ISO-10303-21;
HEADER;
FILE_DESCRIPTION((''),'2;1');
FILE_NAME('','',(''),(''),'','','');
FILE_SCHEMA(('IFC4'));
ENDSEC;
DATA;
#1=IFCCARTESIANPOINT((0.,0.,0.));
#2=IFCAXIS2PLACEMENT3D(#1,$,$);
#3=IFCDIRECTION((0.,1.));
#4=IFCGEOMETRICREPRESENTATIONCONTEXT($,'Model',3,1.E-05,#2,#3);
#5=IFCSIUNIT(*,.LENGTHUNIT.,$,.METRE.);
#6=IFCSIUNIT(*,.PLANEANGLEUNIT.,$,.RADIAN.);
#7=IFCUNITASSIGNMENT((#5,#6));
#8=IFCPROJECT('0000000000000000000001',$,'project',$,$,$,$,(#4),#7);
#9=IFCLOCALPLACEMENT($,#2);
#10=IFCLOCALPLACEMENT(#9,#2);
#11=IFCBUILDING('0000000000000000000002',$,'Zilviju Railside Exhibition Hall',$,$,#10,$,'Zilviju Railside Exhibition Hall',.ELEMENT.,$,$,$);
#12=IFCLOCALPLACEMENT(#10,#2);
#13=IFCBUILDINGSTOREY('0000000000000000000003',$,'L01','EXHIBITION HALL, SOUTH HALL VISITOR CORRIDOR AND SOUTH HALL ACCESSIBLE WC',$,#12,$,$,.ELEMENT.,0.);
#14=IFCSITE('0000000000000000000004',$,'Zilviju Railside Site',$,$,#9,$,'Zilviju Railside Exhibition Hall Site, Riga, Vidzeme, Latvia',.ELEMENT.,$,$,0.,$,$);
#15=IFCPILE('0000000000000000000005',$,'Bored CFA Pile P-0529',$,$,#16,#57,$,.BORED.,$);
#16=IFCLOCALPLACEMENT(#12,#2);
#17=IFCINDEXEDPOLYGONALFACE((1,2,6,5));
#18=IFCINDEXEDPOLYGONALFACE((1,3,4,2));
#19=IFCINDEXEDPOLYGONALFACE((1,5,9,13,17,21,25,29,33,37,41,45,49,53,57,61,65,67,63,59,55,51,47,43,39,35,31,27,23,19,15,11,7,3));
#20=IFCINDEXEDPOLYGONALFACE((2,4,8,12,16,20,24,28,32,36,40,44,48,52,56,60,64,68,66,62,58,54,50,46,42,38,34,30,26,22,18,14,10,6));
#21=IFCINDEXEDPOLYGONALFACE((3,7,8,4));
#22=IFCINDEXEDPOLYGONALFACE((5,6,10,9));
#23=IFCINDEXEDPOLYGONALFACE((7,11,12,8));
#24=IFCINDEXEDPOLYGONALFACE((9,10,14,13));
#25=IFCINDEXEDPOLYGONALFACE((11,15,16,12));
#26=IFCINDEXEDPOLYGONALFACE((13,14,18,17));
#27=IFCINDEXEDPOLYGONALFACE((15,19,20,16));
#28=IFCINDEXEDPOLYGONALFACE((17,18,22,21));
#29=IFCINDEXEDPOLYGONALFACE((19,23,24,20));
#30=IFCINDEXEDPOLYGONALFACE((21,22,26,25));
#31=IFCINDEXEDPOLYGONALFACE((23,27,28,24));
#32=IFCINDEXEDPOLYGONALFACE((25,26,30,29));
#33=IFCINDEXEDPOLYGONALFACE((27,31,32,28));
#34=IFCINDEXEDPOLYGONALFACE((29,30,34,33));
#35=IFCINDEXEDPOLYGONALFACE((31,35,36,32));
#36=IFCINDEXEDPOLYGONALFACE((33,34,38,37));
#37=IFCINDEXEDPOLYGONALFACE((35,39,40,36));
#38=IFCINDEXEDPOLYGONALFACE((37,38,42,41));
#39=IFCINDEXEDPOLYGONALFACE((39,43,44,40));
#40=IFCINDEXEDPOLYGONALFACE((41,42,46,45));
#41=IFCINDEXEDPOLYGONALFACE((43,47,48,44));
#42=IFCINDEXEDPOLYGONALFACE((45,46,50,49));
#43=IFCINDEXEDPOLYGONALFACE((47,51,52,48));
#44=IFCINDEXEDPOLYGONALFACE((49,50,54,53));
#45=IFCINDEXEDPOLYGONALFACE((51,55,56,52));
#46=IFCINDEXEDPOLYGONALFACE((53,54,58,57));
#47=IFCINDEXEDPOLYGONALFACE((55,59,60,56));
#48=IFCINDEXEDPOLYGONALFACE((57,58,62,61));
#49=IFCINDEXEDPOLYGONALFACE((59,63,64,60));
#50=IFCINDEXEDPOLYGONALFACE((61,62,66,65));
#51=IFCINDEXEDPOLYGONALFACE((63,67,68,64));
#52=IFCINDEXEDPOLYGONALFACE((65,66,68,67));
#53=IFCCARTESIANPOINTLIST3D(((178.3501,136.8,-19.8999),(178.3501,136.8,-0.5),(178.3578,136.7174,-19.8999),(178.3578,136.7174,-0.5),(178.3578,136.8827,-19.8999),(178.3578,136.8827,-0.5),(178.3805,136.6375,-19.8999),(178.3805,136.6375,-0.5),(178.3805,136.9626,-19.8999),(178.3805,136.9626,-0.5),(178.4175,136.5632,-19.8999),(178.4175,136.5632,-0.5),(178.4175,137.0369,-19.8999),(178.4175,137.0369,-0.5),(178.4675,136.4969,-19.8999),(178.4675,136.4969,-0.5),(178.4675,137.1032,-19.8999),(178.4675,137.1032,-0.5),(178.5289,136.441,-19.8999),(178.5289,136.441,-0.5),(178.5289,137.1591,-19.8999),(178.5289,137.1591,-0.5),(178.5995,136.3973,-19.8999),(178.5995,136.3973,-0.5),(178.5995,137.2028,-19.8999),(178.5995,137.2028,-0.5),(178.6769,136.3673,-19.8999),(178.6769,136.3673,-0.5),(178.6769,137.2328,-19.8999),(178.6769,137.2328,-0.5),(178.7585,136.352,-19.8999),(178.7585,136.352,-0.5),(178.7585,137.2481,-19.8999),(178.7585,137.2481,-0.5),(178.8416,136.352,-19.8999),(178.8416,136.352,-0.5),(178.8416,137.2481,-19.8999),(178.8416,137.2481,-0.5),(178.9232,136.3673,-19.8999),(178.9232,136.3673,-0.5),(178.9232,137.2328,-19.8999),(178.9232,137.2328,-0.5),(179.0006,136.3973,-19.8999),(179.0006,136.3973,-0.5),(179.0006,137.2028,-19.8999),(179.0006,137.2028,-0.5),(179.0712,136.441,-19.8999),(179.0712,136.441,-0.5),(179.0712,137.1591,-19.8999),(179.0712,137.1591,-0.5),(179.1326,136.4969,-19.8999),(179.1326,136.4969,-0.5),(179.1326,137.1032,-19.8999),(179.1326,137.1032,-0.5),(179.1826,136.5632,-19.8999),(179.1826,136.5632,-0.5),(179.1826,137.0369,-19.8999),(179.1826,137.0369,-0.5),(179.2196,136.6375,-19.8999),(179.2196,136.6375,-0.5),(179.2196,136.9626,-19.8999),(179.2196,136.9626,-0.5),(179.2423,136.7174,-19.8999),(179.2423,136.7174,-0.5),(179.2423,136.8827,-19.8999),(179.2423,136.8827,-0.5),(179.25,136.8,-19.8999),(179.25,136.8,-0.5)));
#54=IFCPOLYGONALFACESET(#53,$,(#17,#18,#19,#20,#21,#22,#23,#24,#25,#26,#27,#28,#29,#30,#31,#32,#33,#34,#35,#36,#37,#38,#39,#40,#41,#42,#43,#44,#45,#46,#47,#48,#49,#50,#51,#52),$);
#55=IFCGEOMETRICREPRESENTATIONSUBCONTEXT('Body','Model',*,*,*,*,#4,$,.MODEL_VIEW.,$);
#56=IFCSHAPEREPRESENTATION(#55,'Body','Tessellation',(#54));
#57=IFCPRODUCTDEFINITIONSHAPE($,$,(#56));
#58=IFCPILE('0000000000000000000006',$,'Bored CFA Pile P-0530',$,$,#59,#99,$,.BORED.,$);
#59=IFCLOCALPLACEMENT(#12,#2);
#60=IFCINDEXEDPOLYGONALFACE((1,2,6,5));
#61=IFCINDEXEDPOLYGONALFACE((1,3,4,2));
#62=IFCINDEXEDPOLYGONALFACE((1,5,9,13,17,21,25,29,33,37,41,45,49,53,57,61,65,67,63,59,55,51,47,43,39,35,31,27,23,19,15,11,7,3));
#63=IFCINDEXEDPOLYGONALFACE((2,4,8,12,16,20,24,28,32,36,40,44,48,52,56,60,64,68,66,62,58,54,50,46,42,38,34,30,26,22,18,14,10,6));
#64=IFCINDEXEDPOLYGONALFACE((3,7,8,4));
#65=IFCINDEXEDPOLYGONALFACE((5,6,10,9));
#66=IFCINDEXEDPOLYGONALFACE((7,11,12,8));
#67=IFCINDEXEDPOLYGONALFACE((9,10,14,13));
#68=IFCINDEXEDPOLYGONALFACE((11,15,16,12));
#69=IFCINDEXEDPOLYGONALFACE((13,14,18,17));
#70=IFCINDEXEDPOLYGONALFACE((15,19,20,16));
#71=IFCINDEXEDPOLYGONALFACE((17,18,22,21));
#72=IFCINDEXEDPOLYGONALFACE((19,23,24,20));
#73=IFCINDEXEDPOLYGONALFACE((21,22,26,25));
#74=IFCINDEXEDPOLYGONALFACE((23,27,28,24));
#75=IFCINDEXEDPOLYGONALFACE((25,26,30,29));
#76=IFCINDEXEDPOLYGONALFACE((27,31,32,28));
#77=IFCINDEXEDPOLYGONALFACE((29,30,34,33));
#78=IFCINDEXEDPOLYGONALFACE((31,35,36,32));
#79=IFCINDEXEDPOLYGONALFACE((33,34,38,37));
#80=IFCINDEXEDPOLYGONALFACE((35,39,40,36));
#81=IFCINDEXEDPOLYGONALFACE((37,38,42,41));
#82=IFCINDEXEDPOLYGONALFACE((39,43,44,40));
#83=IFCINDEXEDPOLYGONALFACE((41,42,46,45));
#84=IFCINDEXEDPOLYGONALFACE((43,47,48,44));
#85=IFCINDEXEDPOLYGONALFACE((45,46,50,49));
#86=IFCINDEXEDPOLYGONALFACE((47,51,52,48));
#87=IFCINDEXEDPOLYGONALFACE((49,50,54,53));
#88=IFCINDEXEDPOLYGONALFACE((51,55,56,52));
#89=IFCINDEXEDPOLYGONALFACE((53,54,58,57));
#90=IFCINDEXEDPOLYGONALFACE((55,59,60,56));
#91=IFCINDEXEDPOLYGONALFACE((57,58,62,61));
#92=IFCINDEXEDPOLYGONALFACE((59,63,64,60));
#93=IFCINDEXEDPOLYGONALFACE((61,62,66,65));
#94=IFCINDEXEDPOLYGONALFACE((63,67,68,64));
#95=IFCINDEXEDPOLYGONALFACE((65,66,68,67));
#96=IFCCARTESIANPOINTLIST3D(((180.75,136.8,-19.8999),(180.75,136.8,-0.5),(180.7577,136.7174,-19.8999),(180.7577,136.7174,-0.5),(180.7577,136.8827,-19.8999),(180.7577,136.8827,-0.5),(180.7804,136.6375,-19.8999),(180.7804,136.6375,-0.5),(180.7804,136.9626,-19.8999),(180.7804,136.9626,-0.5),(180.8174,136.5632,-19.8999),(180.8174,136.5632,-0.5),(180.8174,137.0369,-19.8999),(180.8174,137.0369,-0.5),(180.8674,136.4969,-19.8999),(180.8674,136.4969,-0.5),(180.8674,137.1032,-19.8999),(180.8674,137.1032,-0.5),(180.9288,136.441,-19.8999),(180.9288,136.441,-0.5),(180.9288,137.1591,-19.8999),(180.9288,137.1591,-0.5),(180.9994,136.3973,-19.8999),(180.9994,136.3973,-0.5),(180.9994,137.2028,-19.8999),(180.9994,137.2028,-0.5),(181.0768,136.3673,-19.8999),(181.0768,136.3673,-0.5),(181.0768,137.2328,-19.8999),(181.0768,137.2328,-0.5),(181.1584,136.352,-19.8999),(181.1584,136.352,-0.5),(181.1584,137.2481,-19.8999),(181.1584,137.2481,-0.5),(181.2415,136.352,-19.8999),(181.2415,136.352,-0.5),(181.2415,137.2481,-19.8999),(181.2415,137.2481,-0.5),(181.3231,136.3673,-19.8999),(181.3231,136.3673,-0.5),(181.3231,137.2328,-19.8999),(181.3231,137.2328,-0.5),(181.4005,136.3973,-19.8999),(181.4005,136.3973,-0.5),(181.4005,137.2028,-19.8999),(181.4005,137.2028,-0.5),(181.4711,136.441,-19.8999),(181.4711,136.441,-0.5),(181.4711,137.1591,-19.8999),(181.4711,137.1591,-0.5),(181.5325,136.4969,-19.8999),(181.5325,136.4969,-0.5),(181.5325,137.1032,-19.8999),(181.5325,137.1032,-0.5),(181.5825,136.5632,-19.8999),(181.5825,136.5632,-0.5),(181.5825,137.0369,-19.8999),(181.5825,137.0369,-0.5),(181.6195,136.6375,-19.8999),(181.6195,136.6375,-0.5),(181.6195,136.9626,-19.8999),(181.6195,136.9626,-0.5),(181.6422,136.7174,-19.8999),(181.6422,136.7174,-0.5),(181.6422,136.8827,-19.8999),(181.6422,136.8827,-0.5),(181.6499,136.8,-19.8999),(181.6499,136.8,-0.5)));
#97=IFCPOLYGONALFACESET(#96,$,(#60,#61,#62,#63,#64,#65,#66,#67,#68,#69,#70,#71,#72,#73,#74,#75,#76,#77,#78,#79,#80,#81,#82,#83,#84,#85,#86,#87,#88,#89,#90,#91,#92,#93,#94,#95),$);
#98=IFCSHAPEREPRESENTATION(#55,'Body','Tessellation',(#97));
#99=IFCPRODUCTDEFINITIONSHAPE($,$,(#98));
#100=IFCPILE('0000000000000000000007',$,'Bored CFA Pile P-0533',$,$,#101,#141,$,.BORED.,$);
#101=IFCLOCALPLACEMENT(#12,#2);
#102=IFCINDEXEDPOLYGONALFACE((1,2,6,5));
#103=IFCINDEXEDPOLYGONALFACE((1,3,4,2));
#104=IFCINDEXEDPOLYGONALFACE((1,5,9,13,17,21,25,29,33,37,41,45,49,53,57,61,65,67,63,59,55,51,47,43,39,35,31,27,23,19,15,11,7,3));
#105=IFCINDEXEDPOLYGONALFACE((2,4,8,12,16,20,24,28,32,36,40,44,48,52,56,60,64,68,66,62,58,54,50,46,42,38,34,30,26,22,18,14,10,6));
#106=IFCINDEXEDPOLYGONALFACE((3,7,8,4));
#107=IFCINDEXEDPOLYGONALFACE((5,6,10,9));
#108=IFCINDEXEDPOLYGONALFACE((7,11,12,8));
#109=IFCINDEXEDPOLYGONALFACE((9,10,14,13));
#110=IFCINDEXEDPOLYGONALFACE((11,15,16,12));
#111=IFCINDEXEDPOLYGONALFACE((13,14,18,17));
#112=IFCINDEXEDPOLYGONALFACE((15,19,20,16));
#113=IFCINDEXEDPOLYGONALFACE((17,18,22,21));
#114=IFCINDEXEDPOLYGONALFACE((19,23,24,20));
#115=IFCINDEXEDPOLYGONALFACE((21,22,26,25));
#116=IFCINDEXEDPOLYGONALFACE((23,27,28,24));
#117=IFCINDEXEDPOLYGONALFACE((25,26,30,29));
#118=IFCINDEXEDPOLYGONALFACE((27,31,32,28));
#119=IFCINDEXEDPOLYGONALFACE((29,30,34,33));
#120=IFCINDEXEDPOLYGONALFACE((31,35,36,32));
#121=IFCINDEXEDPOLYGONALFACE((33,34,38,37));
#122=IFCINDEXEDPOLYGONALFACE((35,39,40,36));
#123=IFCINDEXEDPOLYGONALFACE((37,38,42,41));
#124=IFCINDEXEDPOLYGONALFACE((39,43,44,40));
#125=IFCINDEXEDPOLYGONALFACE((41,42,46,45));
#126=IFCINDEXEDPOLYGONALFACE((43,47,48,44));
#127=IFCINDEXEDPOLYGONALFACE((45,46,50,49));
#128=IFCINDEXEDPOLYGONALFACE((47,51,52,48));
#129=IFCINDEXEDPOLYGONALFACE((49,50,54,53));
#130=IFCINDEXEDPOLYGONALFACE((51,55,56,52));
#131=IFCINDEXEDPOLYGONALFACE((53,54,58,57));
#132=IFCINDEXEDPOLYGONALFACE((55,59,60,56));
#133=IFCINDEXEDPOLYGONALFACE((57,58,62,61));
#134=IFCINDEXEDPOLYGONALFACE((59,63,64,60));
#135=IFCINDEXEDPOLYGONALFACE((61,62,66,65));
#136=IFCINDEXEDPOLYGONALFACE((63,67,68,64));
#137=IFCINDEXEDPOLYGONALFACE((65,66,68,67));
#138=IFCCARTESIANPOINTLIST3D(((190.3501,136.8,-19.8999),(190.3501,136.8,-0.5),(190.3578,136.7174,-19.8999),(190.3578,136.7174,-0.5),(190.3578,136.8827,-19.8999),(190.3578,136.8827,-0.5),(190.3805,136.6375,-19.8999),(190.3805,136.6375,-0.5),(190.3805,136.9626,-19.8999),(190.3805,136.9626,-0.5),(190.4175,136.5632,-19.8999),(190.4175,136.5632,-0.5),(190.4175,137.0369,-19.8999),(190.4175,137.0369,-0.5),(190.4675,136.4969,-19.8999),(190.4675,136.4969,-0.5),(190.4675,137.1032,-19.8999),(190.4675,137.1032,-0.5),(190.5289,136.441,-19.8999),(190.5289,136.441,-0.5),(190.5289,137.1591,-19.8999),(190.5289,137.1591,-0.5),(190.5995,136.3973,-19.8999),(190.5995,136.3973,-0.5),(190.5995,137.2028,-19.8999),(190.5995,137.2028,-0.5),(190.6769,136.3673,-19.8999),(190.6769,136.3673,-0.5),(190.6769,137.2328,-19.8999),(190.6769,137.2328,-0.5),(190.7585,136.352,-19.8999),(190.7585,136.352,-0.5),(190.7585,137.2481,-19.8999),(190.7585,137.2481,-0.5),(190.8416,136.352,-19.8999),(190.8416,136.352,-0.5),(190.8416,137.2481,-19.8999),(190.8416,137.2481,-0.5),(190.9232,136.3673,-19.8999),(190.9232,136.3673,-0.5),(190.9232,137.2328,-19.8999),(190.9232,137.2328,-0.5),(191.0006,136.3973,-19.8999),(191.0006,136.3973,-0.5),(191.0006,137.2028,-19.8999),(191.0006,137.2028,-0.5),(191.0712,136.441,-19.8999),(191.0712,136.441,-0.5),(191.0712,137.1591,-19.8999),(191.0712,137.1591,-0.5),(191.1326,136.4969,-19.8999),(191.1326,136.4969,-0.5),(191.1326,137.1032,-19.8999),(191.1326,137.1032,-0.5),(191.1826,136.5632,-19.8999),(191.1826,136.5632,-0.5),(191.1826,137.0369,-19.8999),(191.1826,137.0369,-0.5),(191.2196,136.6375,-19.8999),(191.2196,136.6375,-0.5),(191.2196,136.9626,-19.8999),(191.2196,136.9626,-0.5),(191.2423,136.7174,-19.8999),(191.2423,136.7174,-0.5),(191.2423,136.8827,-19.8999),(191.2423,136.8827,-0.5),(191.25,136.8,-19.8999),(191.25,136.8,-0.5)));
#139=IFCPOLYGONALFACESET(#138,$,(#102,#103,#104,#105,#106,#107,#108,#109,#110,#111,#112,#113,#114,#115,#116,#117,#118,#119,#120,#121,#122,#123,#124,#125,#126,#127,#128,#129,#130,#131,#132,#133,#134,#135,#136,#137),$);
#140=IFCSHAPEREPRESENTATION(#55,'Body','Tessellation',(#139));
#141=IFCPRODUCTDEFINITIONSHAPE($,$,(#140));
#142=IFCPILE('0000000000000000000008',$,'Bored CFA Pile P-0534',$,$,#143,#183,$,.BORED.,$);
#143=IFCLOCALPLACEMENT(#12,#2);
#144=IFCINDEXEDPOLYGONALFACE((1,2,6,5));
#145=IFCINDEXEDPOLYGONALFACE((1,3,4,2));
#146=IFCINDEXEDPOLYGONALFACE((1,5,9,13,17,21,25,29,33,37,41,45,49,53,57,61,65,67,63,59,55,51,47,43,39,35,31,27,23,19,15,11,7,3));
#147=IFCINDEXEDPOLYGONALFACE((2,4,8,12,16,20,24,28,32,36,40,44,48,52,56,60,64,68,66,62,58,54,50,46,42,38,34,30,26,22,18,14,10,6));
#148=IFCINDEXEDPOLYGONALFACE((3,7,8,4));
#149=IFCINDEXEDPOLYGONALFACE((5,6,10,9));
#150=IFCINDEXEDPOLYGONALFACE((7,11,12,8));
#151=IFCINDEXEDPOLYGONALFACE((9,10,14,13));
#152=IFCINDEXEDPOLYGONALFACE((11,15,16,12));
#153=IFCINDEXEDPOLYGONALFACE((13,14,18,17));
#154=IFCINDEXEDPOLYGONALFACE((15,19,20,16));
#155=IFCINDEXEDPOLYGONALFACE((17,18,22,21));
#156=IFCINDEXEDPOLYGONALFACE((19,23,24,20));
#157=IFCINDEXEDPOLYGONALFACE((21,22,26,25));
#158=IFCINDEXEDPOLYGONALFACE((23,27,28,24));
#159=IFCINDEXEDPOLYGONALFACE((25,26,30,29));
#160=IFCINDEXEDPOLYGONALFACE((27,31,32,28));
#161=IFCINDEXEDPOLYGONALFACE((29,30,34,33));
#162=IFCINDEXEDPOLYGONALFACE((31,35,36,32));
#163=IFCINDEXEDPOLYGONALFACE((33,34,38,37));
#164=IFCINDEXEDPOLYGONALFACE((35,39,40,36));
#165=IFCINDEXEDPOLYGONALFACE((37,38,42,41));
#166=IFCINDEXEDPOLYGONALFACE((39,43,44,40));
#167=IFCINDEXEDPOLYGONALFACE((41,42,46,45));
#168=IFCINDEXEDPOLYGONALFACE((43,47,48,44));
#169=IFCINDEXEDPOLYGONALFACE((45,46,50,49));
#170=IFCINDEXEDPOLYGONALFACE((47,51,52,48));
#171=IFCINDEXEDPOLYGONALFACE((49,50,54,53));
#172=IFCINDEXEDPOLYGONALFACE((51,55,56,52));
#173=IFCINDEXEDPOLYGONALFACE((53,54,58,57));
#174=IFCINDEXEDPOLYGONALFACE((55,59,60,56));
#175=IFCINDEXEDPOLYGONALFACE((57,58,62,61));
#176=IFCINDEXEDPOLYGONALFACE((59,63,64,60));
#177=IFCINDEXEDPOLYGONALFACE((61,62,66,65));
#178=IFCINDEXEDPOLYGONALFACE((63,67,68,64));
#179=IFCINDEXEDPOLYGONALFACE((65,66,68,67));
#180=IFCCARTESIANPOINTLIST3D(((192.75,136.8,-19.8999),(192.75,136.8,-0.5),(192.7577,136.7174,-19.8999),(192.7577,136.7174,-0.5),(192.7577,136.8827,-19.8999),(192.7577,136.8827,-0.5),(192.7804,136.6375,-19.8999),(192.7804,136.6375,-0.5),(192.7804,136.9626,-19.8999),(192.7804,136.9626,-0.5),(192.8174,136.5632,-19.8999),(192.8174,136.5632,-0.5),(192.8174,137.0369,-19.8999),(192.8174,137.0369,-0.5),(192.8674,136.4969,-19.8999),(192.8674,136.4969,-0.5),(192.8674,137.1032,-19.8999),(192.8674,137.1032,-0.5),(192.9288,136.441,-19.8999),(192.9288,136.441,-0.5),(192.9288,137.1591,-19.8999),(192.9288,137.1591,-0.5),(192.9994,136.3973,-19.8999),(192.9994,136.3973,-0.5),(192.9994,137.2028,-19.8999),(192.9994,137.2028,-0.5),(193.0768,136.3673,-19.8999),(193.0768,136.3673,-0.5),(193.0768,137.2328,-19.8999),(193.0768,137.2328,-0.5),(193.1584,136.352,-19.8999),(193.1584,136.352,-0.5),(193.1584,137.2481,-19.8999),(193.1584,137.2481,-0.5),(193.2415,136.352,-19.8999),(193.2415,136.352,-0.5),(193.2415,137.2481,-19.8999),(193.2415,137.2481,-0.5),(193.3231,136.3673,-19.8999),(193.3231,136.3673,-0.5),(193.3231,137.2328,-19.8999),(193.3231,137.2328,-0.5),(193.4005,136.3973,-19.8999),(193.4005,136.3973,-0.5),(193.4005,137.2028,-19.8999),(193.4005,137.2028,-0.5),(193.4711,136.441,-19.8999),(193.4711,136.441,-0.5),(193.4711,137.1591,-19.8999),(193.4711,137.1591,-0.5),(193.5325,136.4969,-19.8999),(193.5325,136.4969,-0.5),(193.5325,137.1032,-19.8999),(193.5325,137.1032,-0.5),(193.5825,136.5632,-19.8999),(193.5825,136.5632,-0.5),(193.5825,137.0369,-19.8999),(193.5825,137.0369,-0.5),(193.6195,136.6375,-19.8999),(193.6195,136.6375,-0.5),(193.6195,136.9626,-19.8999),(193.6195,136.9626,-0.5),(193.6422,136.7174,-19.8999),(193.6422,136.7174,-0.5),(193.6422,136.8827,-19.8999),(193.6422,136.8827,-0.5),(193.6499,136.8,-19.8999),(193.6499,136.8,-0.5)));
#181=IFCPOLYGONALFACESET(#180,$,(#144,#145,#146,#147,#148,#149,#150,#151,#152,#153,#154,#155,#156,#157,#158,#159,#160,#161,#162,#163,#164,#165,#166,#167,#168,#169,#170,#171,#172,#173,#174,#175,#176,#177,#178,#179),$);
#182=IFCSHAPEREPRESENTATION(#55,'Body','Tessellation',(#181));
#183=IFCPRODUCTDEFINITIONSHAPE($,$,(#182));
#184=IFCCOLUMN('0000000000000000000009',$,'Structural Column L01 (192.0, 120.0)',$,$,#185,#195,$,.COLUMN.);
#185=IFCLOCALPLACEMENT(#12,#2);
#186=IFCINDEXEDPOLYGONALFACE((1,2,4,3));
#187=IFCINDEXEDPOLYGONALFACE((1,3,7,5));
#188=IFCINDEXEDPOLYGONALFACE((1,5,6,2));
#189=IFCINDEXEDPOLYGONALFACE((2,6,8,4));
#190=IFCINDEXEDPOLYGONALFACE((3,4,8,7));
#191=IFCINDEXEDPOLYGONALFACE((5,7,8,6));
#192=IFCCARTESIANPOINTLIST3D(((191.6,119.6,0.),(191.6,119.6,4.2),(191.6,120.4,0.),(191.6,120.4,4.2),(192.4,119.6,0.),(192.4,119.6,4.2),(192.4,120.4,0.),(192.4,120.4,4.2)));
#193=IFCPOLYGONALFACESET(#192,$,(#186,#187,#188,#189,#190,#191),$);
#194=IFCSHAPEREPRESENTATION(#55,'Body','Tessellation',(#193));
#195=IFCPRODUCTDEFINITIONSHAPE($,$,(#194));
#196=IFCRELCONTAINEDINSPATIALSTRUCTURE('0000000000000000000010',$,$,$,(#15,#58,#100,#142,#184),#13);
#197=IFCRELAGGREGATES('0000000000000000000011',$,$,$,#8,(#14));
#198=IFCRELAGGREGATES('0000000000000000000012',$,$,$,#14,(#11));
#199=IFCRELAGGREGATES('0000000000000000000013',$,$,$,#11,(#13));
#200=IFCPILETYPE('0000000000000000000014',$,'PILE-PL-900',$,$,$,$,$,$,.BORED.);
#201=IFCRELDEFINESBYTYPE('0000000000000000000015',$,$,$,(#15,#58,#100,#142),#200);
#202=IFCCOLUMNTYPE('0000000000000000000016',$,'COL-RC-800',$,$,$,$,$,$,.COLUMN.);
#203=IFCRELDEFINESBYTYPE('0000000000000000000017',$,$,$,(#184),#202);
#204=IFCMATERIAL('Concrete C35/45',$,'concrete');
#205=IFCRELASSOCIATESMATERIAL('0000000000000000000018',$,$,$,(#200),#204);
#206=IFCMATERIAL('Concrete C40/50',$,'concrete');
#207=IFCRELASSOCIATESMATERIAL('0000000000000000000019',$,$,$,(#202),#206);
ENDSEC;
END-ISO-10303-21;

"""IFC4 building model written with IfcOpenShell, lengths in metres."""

from ifc_helpers import new_model, si_unit, direction, frame, origin, origin_2d, place, context, subcontext, project, spatial, rectangle, circle, extrude, material, material_profile, profile_set, type_object, element, save


model = new_model("IFC4")

# Units and contexts
model_context = context("Model", 3, precision=1e-05, world=origin(), true_north=direction((0.0, 1.0)))
body_context = subcontext(model_context, "Body", "Model", "MODEL_VIEW")
ifc_project = project(units=[si_unit("LENGTHUNIT", "METRE"), si_unit("PLANEANGLEUNIT", "RADIAN")], contexts=[model_context])

# Site, building, storey
site_placement = place(None, origin())
site = spatial("IfcSite", under=ifc_project, at=site_placement, Name="Zilviju Railside Site", LongName="Zilviju Railside Exhibition Hall Site, Riga, Vidzeme, Latvia", CompositionType="ELEMENT", RefElevation=0.0)
building_placement = place(site_placement, origin())
building = spatial("IfcBuilding", under=site, at=building_placement, Name="Zilviju Railside Exhibition Hall", LongName="Zilviju Railside Exhibition Hall", CompositionType="ELEMENT")
storey_placement = place(building_placement, origin())
storey = spatial("IfcBuildingStorey", under=building, at=storey_placement, Name="L01", Description="EXHIBITION HALL, SOUTH HALL VISITOR CORRIDOR AND SOUTH HALL ACCESSIBLE WC", CompositionType="ELEMENT", Elevation=0.0)

# Shared definitions
ifc_material_1 = material(Name="Concrete C35/45", Category="concrete")
ifc_material_2 = material(Name="Concrete C40/50", Category="concrete")

# Piles
ifc_material_profile_1 = material_profile(ifc_material_1, circle(Radius=0.45, at=origin_2d()), Name="CFA PILE D900")
ifc_profile_set_1 = profile_set([ifc_material_profile_1], Name="Concrete C35/45")
pile_type = type_object("IfcPileType", Name="PILE-PL-900", PredefinedType="BORED", material=ifc_profile_set_1)
for number, where, z_axis, x_axis, name in (
    (1, (178.8, 136.8, -0.5), (0.0, 0.0, -1.0), (1.0, 0.0, 0.0), "Bored CFA Pile P-0529"),
    (2, (181.2, 136.8, -0.5), (0.0, 0.0, -1.0), (1.0, 0.0, 0.0), "Bored CFA Pile P-0530"),
    (3, (190.8, 136.8, -0.5), (0.0, 0.0, -1.0), (1.0, 0.0, 0.0), "Bored CFA Pile P-0533"),
    (4, (193.2, 136.8, -0.5), (0.0, 0.0, -1.0), (1.0, 0.0, 0.0), "Bored CFA Pile P-0534"),
):
    element("IfcPile", number, at=place(storey_placement, frame(where, z_axis=z_axis, x_axis=x_axis)), inside=storey, type_object=pile_type, Name=name, PredefinedType="BORED", context=body_context, shape_type="SweptSolid", body=[
        extrude(circle(Radius=0.45, at=origin_2d()), origin(), (0.0, 0.0, 1.0), 19.3999),
    ])

# Column
ifc_material_profile_2 = material_profile(ifc_material_2, rectangle(XDim=0.8, YDim=0.8, at=origin_2d()), Name="RC COL 800x800")
ifc_profile_set_2 = profile_set([ifc_material_profile_2], Name="Concrete C40/50")
column_type = type_object("IfcColumnType", Name="COL-RC-800", PredefinedType="COLUMN", material=ifc_profile_set_2)
column_placement = place(storey_placement, frame((192.0, 120.0, 0.0), z_axis=(0.0, 0.0, 1.0), x_axis=(1.0, 0.0, 0.0)))
element("IfcColumn", 5, at=column_placement, inside=storey, type_object=column_type, Name="Structural Column L01 (192.0, 120.0)", PredefinedType="COLUMN", context=body_context, shape_type="SweptSolid", body=[
    extrude(rectangle(XDim=0.8, YDim=0.8, at=origin_2d()), origin(), (0.0, 0.0, 1.0), 4.2),
])

save(model, "model.ifc")
